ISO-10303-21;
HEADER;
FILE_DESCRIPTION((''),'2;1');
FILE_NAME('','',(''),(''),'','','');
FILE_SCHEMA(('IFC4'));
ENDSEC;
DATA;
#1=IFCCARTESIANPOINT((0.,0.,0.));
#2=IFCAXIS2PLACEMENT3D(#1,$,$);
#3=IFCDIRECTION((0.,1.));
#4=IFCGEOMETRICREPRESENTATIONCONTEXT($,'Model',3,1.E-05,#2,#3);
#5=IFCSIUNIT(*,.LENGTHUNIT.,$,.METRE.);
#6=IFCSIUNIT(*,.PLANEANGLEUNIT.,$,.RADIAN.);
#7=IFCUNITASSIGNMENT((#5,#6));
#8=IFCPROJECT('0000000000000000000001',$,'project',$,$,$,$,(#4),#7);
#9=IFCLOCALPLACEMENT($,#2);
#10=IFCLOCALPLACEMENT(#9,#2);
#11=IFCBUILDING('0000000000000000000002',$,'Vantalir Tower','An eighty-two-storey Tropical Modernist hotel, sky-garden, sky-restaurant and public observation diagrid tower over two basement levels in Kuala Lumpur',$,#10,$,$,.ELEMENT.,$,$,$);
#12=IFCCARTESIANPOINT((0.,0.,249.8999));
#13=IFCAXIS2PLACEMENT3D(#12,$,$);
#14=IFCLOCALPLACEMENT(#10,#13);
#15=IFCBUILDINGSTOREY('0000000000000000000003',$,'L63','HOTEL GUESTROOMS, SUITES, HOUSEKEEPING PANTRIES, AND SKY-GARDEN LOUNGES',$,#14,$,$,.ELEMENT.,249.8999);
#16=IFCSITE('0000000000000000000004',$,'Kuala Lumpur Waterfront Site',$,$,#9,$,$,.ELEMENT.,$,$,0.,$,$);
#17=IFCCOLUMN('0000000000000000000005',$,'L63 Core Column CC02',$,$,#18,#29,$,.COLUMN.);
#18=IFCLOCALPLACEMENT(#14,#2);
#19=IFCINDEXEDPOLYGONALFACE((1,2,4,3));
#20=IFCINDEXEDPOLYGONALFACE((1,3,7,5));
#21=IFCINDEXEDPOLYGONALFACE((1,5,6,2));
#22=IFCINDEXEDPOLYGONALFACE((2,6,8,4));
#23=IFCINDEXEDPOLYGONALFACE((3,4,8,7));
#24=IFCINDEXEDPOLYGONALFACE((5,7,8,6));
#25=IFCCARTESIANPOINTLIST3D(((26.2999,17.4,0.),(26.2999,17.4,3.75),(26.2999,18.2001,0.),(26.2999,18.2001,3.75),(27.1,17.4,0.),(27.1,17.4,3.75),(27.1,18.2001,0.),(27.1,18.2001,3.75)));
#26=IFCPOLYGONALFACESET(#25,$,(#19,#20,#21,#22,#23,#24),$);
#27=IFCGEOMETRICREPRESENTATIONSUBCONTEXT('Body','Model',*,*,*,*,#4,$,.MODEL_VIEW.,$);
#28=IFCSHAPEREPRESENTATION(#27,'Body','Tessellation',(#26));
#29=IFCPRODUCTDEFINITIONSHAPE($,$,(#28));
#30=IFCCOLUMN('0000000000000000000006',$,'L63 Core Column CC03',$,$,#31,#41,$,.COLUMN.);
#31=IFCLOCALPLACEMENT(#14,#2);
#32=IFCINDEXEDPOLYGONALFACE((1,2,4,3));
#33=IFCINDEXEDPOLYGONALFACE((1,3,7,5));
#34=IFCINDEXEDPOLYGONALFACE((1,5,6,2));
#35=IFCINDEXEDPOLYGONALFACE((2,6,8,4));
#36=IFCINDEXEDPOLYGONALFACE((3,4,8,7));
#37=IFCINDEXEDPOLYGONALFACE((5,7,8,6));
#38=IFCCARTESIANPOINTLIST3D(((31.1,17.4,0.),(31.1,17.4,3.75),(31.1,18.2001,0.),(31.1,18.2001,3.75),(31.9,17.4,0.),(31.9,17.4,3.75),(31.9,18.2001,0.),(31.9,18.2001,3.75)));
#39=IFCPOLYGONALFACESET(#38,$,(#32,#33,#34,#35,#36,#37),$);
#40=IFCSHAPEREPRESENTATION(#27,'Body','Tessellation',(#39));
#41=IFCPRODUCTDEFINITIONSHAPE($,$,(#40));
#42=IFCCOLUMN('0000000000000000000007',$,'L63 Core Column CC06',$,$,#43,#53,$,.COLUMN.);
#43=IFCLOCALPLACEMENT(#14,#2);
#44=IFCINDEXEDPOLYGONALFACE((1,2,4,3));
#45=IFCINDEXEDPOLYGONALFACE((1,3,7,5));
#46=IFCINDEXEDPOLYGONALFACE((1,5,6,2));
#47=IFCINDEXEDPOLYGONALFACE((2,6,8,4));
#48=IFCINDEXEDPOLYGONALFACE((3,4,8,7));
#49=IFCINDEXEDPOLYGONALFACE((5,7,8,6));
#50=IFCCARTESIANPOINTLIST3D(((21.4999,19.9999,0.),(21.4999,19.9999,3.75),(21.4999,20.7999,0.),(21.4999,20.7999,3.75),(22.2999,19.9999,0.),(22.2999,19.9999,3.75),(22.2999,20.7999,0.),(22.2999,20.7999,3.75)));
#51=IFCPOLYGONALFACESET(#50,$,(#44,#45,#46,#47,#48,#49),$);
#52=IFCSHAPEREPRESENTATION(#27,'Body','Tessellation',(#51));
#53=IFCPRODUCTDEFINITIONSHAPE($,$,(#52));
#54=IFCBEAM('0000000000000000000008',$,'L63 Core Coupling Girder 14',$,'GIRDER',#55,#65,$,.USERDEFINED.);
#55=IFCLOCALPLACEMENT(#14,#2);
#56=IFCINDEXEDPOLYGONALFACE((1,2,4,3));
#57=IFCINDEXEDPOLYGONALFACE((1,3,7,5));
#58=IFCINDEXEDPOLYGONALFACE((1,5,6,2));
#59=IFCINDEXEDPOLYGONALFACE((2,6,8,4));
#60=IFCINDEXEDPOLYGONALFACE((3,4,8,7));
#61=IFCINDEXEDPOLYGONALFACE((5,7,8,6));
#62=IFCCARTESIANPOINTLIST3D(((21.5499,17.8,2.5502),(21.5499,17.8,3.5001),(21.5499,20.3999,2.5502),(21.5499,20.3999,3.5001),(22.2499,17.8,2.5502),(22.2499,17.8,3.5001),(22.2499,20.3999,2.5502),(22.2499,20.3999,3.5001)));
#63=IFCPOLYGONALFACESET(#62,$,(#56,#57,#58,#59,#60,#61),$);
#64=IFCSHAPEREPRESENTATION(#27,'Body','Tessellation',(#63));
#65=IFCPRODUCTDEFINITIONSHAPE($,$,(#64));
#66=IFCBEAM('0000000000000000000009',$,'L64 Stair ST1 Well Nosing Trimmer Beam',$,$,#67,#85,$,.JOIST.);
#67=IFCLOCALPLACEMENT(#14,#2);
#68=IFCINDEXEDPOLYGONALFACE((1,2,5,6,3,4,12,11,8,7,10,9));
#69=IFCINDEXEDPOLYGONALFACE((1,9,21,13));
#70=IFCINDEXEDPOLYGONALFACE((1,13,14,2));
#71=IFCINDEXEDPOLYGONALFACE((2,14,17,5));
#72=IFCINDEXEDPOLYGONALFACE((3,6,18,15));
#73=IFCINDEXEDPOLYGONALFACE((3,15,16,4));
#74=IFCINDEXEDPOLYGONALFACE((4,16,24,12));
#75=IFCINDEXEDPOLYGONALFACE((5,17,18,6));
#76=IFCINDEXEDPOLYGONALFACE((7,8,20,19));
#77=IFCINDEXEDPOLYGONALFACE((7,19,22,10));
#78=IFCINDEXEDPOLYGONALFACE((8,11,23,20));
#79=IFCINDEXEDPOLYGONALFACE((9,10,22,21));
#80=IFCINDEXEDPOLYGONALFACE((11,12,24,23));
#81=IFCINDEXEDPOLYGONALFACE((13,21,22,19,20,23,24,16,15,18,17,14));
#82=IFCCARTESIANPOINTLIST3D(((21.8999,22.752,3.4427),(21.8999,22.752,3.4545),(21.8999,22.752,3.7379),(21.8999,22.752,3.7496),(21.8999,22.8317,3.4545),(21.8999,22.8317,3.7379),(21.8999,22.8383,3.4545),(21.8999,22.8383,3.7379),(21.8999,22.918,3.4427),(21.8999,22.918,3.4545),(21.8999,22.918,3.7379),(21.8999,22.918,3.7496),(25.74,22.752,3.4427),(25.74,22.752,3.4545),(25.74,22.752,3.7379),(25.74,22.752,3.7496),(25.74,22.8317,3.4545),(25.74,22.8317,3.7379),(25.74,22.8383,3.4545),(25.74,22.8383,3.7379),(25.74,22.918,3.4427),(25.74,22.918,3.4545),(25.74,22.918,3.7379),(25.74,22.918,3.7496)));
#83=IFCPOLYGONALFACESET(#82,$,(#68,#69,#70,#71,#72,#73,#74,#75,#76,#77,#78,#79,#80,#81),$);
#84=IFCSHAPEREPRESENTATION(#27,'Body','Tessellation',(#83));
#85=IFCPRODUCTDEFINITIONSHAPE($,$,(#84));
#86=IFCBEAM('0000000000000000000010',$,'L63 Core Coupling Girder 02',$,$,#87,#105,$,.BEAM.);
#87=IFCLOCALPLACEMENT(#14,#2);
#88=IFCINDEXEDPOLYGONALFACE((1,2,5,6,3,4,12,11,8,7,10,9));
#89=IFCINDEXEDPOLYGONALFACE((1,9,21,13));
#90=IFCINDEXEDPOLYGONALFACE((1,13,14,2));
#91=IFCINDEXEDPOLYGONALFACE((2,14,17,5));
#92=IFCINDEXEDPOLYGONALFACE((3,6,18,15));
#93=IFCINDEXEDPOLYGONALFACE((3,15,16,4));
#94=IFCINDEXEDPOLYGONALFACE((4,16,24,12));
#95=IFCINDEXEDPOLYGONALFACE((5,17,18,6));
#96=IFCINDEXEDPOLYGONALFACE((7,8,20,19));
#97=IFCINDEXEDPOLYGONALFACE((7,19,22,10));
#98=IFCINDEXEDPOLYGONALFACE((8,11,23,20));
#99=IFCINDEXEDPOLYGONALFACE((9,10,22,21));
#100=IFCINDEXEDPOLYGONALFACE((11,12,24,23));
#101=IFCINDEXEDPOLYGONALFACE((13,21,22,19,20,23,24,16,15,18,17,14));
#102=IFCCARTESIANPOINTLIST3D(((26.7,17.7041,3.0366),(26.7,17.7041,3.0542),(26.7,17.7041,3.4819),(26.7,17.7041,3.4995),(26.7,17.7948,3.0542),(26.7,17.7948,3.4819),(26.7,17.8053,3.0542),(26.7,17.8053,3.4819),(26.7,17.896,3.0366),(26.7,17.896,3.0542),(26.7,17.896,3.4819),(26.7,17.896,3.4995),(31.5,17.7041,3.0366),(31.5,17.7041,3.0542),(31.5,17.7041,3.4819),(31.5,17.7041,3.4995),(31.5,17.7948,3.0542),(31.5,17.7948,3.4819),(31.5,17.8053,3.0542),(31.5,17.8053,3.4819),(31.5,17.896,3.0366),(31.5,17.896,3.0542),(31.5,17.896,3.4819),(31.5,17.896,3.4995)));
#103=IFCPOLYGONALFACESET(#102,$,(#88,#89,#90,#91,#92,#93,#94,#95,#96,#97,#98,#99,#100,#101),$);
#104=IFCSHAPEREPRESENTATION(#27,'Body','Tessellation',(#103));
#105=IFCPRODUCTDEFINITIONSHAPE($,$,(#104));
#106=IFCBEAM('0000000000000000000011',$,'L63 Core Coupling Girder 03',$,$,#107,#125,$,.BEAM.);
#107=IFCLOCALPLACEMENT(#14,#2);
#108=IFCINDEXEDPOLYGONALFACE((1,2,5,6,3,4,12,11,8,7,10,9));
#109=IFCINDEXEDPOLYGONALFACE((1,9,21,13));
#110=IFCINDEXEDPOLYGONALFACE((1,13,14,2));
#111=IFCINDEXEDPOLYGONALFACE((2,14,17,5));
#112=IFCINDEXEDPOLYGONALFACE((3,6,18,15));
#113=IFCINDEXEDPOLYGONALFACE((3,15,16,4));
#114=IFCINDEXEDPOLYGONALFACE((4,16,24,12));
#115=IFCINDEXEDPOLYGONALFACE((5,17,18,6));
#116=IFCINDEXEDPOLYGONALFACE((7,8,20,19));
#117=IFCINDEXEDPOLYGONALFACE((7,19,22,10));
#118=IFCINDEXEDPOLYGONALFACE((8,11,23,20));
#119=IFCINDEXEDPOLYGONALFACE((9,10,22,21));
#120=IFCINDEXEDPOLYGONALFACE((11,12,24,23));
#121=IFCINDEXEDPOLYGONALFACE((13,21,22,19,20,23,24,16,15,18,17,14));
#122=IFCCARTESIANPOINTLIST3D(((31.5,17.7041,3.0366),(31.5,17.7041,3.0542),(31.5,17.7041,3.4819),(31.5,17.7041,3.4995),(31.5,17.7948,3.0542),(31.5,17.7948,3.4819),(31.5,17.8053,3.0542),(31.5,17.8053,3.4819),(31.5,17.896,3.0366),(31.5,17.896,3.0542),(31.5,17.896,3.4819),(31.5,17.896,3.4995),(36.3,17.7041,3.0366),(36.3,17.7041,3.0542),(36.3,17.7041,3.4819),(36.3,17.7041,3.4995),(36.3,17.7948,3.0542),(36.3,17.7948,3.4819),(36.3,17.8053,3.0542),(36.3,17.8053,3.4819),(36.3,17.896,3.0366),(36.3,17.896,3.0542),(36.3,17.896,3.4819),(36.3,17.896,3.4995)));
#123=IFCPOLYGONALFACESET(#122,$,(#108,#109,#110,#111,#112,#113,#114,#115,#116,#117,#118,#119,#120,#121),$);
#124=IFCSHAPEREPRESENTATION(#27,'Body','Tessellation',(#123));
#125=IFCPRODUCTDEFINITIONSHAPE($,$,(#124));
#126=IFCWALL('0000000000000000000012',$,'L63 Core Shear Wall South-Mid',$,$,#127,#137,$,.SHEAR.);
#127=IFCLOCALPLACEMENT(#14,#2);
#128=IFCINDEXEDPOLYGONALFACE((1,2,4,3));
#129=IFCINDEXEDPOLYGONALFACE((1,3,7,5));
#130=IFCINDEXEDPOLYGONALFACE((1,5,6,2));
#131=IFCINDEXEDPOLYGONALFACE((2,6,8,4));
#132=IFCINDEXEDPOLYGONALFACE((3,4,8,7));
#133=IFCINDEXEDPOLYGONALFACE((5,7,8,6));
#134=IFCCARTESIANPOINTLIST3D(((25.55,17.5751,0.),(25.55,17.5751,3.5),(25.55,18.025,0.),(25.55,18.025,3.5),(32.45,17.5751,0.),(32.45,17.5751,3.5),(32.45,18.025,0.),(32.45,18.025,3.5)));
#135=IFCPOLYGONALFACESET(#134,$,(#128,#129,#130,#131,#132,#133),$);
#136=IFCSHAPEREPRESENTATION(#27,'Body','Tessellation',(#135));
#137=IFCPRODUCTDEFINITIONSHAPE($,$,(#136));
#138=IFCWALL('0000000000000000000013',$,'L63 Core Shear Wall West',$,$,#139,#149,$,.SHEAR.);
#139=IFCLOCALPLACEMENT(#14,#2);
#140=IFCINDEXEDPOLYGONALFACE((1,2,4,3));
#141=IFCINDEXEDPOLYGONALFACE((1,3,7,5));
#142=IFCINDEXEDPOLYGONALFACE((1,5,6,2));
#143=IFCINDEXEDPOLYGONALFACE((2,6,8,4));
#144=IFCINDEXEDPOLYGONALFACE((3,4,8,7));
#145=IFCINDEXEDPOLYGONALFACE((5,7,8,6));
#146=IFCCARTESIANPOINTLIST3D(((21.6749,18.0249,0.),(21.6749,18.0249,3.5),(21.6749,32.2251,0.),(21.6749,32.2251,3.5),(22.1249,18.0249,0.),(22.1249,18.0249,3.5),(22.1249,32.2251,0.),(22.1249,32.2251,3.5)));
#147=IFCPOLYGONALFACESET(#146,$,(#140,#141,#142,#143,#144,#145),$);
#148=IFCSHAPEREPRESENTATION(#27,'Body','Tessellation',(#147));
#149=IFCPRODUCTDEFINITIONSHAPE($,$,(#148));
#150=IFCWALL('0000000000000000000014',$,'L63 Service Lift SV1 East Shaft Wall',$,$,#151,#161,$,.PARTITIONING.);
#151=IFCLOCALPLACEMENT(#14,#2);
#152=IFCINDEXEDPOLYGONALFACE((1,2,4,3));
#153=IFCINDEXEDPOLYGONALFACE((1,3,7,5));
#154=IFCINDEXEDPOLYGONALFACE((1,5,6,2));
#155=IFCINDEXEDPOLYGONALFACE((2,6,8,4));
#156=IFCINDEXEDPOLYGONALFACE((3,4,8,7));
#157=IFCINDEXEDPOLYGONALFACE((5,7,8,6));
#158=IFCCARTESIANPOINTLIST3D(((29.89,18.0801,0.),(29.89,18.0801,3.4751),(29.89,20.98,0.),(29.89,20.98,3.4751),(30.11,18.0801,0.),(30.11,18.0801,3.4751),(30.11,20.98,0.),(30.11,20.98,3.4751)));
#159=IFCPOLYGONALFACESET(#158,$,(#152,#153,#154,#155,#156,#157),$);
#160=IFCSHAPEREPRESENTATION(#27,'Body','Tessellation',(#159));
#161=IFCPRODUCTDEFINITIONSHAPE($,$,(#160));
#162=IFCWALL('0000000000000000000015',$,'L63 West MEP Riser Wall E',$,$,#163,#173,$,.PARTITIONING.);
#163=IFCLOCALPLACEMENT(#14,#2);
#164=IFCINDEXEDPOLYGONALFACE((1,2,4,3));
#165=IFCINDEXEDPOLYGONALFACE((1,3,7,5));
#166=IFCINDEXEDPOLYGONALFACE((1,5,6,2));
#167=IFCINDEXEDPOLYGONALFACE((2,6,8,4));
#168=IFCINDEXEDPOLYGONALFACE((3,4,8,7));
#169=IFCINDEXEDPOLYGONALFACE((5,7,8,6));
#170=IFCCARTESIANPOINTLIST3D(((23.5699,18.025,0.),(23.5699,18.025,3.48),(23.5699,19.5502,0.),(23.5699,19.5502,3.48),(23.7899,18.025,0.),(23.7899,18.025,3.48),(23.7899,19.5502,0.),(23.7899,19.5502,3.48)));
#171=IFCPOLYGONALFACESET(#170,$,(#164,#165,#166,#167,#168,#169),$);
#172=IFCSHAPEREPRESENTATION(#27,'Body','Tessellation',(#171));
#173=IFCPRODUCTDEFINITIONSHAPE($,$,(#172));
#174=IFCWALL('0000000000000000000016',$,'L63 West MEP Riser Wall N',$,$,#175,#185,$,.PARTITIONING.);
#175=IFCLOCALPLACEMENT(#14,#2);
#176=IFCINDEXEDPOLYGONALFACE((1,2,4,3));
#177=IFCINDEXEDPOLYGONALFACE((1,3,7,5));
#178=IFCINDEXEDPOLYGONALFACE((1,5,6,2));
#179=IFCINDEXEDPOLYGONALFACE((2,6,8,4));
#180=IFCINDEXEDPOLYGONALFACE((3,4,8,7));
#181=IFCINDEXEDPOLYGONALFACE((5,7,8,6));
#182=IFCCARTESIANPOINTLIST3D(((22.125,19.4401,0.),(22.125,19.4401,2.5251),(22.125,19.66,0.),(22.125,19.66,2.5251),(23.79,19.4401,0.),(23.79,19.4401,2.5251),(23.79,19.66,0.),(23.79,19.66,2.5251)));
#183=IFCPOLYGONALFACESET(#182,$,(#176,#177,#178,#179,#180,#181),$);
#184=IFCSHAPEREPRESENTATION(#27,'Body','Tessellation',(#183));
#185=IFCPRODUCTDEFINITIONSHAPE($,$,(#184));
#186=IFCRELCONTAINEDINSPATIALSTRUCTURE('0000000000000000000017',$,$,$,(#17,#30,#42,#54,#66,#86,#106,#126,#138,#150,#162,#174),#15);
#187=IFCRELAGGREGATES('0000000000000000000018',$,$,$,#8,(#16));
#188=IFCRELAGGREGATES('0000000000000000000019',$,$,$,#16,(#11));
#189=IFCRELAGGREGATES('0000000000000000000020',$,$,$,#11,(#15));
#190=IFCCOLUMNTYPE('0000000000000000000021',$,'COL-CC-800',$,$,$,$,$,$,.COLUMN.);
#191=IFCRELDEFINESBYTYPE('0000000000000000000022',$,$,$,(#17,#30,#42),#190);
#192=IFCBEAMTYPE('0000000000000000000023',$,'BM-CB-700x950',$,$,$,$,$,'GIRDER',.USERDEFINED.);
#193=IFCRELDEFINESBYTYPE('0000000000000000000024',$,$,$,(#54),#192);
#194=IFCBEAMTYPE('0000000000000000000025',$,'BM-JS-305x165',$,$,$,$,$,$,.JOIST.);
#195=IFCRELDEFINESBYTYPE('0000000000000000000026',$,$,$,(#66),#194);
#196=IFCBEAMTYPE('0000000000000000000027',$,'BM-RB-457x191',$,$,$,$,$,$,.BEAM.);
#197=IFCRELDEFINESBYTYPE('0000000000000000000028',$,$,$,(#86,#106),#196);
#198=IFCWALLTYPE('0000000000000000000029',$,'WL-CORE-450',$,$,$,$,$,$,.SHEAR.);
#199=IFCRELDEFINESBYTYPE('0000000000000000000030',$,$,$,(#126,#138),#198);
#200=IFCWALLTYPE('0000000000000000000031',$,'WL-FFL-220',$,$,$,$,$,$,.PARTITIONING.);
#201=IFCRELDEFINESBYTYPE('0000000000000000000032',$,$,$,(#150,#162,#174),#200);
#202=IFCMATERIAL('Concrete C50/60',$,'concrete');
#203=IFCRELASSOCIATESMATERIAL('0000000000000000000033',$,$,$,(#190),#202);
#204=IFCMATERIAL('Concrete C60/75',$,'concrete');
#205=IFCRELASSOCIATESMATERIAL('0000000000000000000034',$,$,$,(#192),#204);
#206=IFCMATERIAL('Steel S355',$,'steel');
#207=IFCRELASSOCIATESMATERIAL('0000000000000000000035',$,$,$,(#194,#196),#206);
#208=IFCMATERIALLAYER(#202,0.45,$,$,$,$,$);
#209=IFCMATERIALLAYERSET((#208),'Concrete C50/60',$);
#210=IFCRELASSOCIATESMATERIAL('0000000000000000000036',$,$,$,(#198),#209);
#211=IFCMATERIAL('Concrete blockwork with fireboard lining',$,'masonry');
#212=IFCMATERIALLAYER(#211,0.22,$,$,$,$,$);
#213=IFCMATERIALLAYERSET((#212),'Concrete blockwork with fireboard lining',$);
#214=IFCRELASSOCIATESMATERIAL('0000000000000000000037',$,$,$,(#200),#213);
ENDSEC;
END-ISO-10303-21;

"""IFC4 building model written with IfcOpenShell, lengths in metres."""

from ifc_helpers import new_model, si_unit, direction, frame, frame_2d, origin, origin_2d, place, context, subcontext, project, spatial, rectangle, i_section, extrude, material, layer, layer_set, material_profile, profile_set, type_object, element, save


model = new_model("IFC4")

# Units and contexts
model_context = context("Model", 3, precision=1e-05, world=origin(), true_north=direction((0.0, 1.0)))
body_context = subcontext(model_context, "Body", "Model", "MODEL_VIEW")
ifc_project = project(units=[si_unit("LENGTHUNIT", "METRE"), si_unit("PLANEANGLEUNIT", "RADIAN")], contexts=[model_context])

# Site, building, storey
site_placement = place(None, origin())
site = spatial("IfcSite", under=ifc_project, at=site_placement, Name="Kuala Lumpur Waterfront Site", CompositionType="ELEMENT", RefElevation=0.0)
building_placement = place(site_placement, origin())
building = spatial("IfcBuilding", under=site, at=building_placement, Name="Vantalir Tower", Description="An eighty-two-storey Tropical Modernist hotel, sky-garden, sky-restaurant and public observation diagrid tower over two basement levels in Kuala Lumpur", CompositionType="ELEMENT")
storey_placement = place(building_placement, frame((0.0, 0.0, 249.8999)))
storey = spatial("IfcBuildingStorey", under=building, at=storey_placement, Name="L63", Description="HOTEL GUESTROOMS, SUITES, HOUSEKEEPING PANTRIES, AND SKY-GARDEN LOUNGES", CompositionType="ELEMENT", Elevation=249.8999)

# Columns
ifc_material_1 = material(Name="Concrete C50/60", Category="concrete")
ifc_material_profile_1 = material_profile(ifc_material_1, rectangle(XDim=0.8, YDim=0.8, at=origin_2d()), Name="Concrete C50/60")
ifc_profile_set_1 = profile_set([ifc_material_profile_1], Name="Concrete C50/60")
column_type = type_object("IfcColumnType", Name="COL-CC-800", PredefinedType="COLUMN", material=ifc_profile_set_1)
for number, where, z_axis, x_axis, name in (
    (1, (26.7, 17.8, 0.0), (0.0, 0.0, 1.0), (1.0, 0.0, 0.0), "L63 Core Column CC02"),
    (2, (31.5, 17.8, 0.0), (0.0, 0.0, 1.0), (1.0, 0.0, 0.0), "L63 Core Column CC03"),
    (3, (21.8999, 20.3999, 0.0), (0.0, 0.0, 1.0), (1.0, 0.0, 0.0), "L63 Core Column CC06"),
):
    element("IfcColumn", number, at=place(storey_placement, frame(where, z_axis=z_axis, x_axis=x_axis)), inside=storey, type_object=column_type, Name=name, PredefinedType="COLUMN", context=body_context, shape_type="SweptSolid", body=[
        extrude(rectangle(XDim=0.8, YDim=0.8, at=origin_2d()), origin(), (0.0, 0.0, 1.0), 3.75),
    ])

# Beams
ifc_material_2 = material(Name="Concrete C60/75", Category="concrete")
ifc_material_profile_2 = material_profile(ifc_material_2, rectangle(XDim=0.7, YDim=0.95, at=origin_2d()), Name="Concrete C60/75")
ifc_profile_set_2 = profile_set([ifc_material_profile_2], Name="Concrete C60/75")
beam_type_1 = type_object("IfcBeamType", Name="BM-CB-700x950", ElementType="GIRDER", PredefinedType="USERDEFINED", material=ifc_profile_set_2)
beam_1_placement = place(storey_placement, frame((21.8999, 20.3999, 3.0251), z_axis=(0.0, -1.0, 0.0), x_axis=(1.0, 0.0, 0.0)))
element("IfcBeam", 4, at=beam_1_placement, inside=storey, type_object=beam_type_1, Name="L63 Core Coupling Girder 14", ObjectType="GIRDER", PredefinedType="USERDEFINED", context=body_context, shape_type="SweptSolid", body=[
    extrude(rectangle(XDim=0.7, YDim=0.95, at=origin_2d()), origin(), (0.0, 0.0, 1.0), 2.5999),
])
ifc_material_3 = material(Name="Steel S355", Category="steel")
ifc_material_profile_3 = material_profile(ifc_material_3, i_section(OverallWidth=0.166, OverallDepth=0.3069, WebThickness=0.0066, FlangeThickness=0.0117, at=origin_2d()), Name="Steel S355")
ifc_profile_set_3 = profile_set([ifc_material_profile_3], Name="Steel S355")
beam_type_2 = type_object("IfcBeamType", Name="BM-JS-305x165", PredefinedType="JOIST", material=ifc_profile_set_3)
beam_2_placement = place(storey_placement, frame((21.8999, 22.835, 3.5962), z_axis=(1.0, 0.0, 0.0), x_axis=(0.0, 1.0, 0.0)))
element("IfcBeam", 5, at=beam_2_placement, inside=storey, type_object=beam_type_2, Name="L64 Stair ST1 Well Nosing Trimmer Beam", PredefinedType="JOIST", context=body_context, shape_type="SweptSolid", body=[
    extrude(i_section(OverallWidth=0.166, OverallDepth=0.3069, WebThickness=0.0066, FlangeThickness=0.0117, at=origin_2d()), origin(), (0.0, 0.0, 1.0), 3.8401),
])
ifc_material_profile_4 = material_profile(ifc_material_3, i_section(OverallWidth=0.1919, OverallDepth=0.4629, WebThickness=0.0105, FlangeThickness=0.0176, at=origin_2d()), Name="Steel S355")
ifc_profile_set_4 = profile_set([ifc_material_profile_4], Name="Steel S355")
beam_type_3 = type_object("IfcBeamType", Name="BM-RB-457x191", PredefinedType="BEAM", material=ifc_profile_set_4)
for number, where, z_axis, x_axis, name in (
    (6, (26.7, 17.8, 3.2681), (1.0, 0.0, 0.0), (0.0, 1.0, 0.0), "L63 Core Coupling Girder 02"),
    (7, (31.5, 17.8, 3.2681), (1.0, 0.0, 0.0), (0.0, 1.0, 0.0), "L63 Core Coupling Girder 03"),
):
    element("IfcBeam", number, at=place(storey_placement, frame(where, z_axis=z_axis, x_axis=x_axis)), inside=storey, type_object=beam_type_3, Name=name, PredefinedType="BEAM", context=body_context, shape_type="SweptSolid", body=[
        extrude(i_section(OverallWidth=0.1919, OverallDepth=0.4629, WebThickness=0.0105, FlangeThickness=0.0176, at=origin_2d()), origin(), (0.0, 0.0, 1.0), 4.8),
    ])

# Walls
ifc_layer_1 = layer(ifc_material_1, 0.45)
ifc_layer_set_1 = layer_set([ifc_layer_1], Name="Concrete C50/60")
wall_type_1 = type_object("IfcWallType", Name="WL-CORE-450", PredefinedType="SHEAR", material=ifc_layer_set_1)
wall_1_placement = place(storey_placement, frame((25.55, 17.8, 0.0), z_axis=(0.0, 0.0, 1.0), x_axis=(1.0, 0.0, 0.0)))
element("IfcWall", 8, at=wall_1_placement, inside=storey, type_object=wall_type_1, Name="L63 Core Shear Wall South-Mid", PredefinedType="SHEAR", context=body_context, shape_type="SweptSolid", body=[
    extrude(rectangle(XDim=6.8999, YDim=0.45, at=frame_2d((3.45, 0.0))), origin(), (0.0, 0.0, 1.0), 3.5),
])
wall_2_placement = place(storey_placement, frame((21.8999, 18.0249, 0.0), z_axis=(0.0, 0.0, 1.0), x_axis=(0.0, 1.0, 0.0)))
element("IfcWall", 9, at=wall_2_placement, inside=storey, type_object=wall_type_1, Name="L63 Core Shear Wall West", PredefinedType="SHEAR", context=body_context, shape_type="SweptSolid", body=[
    extrude(rectangle(XDim=14.2002, YDim=0.45, at=frame_2d((7.1001, 0.0))), origin(), (0.0, 0.0, 1.0), 3.5),
])
ifc_material_4 = material(Name="Concrete blockwork with fireboard lining", Category="masonry")
ifc_layer_2 = layer(ifc_material_4, 0.22)
ifc_layer_set_2 = layer_set([ifc_layer_2], Name="Concrete blockwork with fireboard lining")
wall_type_2 = type_object("IfcWallType", Name="WL-FFL-220", PredefinedType="PARTITIONING", material=ifc_layer_set_2)
wall_3_placement = place(storey_placement, frame((30.0, 18.0801, 0.0), z_axis=(0.0, 0.0, 1.0), x_axis=(0.0, 1.0, 0.0)))
element("IfcWall", 10, at=wall_3_placement, inside=storey, type_object=wall_type_2, Name="L63 Service Lift SV1 East Shaft Wall", PredefinedType="PARTITIONING", context=body_context, shape_type="SweptSolid", body=[
    extrude(rectangle(XDim=2.8999, YDim=0.22, at=frame_2d((1.45, 0.0))), origin(), (0.0, 0.0, 1.0), 3.4751),
])
wall_4_placement = place(storey_placement, frame((23.6799, 18.0249, 0.0), z_axis=(0.0, 0.0, 1.0), x_axis=(0.0, 1.0, 0.0)))
element("IfcWall", 11, at=wall_4_placement, inside=storey, type_object=wall_type_2, Name="L63 West MEP Riser Wall E", PredefinedType="PARTITIONING", context=body_context, shape_type="SweptSolid", body=[
    extrude(rectangle(XDim=1.5251, YDim=0.22, at=frame_2d((0.7627, 0.0))), origin(), (0.0, 0.0, 1.0), 3.48),
])
wall_5_placement = place(storey_placement, frame((22.125, 19.55, 0.0), z_axis=(0.0, 0.0, 1.0), x_axis=(1.0, 0.0, 0.0)))
element("IfcWall", 12, at=wall_5_placement, inside=storey, type_object=wall_type_2, Name="L63 West MEP Riser Wall N", PredefinedType="PARTITIONING", context=body_context, shape_type="SweptSolid", body=[
    extrude(rectangle(XDim=1.665, YDim=0.22, at=frame_2d((0.8325, 0.0))), origin(), (0.0, 0.0, 1.0), 2.5251),
])

save(model, "model.ifc")
